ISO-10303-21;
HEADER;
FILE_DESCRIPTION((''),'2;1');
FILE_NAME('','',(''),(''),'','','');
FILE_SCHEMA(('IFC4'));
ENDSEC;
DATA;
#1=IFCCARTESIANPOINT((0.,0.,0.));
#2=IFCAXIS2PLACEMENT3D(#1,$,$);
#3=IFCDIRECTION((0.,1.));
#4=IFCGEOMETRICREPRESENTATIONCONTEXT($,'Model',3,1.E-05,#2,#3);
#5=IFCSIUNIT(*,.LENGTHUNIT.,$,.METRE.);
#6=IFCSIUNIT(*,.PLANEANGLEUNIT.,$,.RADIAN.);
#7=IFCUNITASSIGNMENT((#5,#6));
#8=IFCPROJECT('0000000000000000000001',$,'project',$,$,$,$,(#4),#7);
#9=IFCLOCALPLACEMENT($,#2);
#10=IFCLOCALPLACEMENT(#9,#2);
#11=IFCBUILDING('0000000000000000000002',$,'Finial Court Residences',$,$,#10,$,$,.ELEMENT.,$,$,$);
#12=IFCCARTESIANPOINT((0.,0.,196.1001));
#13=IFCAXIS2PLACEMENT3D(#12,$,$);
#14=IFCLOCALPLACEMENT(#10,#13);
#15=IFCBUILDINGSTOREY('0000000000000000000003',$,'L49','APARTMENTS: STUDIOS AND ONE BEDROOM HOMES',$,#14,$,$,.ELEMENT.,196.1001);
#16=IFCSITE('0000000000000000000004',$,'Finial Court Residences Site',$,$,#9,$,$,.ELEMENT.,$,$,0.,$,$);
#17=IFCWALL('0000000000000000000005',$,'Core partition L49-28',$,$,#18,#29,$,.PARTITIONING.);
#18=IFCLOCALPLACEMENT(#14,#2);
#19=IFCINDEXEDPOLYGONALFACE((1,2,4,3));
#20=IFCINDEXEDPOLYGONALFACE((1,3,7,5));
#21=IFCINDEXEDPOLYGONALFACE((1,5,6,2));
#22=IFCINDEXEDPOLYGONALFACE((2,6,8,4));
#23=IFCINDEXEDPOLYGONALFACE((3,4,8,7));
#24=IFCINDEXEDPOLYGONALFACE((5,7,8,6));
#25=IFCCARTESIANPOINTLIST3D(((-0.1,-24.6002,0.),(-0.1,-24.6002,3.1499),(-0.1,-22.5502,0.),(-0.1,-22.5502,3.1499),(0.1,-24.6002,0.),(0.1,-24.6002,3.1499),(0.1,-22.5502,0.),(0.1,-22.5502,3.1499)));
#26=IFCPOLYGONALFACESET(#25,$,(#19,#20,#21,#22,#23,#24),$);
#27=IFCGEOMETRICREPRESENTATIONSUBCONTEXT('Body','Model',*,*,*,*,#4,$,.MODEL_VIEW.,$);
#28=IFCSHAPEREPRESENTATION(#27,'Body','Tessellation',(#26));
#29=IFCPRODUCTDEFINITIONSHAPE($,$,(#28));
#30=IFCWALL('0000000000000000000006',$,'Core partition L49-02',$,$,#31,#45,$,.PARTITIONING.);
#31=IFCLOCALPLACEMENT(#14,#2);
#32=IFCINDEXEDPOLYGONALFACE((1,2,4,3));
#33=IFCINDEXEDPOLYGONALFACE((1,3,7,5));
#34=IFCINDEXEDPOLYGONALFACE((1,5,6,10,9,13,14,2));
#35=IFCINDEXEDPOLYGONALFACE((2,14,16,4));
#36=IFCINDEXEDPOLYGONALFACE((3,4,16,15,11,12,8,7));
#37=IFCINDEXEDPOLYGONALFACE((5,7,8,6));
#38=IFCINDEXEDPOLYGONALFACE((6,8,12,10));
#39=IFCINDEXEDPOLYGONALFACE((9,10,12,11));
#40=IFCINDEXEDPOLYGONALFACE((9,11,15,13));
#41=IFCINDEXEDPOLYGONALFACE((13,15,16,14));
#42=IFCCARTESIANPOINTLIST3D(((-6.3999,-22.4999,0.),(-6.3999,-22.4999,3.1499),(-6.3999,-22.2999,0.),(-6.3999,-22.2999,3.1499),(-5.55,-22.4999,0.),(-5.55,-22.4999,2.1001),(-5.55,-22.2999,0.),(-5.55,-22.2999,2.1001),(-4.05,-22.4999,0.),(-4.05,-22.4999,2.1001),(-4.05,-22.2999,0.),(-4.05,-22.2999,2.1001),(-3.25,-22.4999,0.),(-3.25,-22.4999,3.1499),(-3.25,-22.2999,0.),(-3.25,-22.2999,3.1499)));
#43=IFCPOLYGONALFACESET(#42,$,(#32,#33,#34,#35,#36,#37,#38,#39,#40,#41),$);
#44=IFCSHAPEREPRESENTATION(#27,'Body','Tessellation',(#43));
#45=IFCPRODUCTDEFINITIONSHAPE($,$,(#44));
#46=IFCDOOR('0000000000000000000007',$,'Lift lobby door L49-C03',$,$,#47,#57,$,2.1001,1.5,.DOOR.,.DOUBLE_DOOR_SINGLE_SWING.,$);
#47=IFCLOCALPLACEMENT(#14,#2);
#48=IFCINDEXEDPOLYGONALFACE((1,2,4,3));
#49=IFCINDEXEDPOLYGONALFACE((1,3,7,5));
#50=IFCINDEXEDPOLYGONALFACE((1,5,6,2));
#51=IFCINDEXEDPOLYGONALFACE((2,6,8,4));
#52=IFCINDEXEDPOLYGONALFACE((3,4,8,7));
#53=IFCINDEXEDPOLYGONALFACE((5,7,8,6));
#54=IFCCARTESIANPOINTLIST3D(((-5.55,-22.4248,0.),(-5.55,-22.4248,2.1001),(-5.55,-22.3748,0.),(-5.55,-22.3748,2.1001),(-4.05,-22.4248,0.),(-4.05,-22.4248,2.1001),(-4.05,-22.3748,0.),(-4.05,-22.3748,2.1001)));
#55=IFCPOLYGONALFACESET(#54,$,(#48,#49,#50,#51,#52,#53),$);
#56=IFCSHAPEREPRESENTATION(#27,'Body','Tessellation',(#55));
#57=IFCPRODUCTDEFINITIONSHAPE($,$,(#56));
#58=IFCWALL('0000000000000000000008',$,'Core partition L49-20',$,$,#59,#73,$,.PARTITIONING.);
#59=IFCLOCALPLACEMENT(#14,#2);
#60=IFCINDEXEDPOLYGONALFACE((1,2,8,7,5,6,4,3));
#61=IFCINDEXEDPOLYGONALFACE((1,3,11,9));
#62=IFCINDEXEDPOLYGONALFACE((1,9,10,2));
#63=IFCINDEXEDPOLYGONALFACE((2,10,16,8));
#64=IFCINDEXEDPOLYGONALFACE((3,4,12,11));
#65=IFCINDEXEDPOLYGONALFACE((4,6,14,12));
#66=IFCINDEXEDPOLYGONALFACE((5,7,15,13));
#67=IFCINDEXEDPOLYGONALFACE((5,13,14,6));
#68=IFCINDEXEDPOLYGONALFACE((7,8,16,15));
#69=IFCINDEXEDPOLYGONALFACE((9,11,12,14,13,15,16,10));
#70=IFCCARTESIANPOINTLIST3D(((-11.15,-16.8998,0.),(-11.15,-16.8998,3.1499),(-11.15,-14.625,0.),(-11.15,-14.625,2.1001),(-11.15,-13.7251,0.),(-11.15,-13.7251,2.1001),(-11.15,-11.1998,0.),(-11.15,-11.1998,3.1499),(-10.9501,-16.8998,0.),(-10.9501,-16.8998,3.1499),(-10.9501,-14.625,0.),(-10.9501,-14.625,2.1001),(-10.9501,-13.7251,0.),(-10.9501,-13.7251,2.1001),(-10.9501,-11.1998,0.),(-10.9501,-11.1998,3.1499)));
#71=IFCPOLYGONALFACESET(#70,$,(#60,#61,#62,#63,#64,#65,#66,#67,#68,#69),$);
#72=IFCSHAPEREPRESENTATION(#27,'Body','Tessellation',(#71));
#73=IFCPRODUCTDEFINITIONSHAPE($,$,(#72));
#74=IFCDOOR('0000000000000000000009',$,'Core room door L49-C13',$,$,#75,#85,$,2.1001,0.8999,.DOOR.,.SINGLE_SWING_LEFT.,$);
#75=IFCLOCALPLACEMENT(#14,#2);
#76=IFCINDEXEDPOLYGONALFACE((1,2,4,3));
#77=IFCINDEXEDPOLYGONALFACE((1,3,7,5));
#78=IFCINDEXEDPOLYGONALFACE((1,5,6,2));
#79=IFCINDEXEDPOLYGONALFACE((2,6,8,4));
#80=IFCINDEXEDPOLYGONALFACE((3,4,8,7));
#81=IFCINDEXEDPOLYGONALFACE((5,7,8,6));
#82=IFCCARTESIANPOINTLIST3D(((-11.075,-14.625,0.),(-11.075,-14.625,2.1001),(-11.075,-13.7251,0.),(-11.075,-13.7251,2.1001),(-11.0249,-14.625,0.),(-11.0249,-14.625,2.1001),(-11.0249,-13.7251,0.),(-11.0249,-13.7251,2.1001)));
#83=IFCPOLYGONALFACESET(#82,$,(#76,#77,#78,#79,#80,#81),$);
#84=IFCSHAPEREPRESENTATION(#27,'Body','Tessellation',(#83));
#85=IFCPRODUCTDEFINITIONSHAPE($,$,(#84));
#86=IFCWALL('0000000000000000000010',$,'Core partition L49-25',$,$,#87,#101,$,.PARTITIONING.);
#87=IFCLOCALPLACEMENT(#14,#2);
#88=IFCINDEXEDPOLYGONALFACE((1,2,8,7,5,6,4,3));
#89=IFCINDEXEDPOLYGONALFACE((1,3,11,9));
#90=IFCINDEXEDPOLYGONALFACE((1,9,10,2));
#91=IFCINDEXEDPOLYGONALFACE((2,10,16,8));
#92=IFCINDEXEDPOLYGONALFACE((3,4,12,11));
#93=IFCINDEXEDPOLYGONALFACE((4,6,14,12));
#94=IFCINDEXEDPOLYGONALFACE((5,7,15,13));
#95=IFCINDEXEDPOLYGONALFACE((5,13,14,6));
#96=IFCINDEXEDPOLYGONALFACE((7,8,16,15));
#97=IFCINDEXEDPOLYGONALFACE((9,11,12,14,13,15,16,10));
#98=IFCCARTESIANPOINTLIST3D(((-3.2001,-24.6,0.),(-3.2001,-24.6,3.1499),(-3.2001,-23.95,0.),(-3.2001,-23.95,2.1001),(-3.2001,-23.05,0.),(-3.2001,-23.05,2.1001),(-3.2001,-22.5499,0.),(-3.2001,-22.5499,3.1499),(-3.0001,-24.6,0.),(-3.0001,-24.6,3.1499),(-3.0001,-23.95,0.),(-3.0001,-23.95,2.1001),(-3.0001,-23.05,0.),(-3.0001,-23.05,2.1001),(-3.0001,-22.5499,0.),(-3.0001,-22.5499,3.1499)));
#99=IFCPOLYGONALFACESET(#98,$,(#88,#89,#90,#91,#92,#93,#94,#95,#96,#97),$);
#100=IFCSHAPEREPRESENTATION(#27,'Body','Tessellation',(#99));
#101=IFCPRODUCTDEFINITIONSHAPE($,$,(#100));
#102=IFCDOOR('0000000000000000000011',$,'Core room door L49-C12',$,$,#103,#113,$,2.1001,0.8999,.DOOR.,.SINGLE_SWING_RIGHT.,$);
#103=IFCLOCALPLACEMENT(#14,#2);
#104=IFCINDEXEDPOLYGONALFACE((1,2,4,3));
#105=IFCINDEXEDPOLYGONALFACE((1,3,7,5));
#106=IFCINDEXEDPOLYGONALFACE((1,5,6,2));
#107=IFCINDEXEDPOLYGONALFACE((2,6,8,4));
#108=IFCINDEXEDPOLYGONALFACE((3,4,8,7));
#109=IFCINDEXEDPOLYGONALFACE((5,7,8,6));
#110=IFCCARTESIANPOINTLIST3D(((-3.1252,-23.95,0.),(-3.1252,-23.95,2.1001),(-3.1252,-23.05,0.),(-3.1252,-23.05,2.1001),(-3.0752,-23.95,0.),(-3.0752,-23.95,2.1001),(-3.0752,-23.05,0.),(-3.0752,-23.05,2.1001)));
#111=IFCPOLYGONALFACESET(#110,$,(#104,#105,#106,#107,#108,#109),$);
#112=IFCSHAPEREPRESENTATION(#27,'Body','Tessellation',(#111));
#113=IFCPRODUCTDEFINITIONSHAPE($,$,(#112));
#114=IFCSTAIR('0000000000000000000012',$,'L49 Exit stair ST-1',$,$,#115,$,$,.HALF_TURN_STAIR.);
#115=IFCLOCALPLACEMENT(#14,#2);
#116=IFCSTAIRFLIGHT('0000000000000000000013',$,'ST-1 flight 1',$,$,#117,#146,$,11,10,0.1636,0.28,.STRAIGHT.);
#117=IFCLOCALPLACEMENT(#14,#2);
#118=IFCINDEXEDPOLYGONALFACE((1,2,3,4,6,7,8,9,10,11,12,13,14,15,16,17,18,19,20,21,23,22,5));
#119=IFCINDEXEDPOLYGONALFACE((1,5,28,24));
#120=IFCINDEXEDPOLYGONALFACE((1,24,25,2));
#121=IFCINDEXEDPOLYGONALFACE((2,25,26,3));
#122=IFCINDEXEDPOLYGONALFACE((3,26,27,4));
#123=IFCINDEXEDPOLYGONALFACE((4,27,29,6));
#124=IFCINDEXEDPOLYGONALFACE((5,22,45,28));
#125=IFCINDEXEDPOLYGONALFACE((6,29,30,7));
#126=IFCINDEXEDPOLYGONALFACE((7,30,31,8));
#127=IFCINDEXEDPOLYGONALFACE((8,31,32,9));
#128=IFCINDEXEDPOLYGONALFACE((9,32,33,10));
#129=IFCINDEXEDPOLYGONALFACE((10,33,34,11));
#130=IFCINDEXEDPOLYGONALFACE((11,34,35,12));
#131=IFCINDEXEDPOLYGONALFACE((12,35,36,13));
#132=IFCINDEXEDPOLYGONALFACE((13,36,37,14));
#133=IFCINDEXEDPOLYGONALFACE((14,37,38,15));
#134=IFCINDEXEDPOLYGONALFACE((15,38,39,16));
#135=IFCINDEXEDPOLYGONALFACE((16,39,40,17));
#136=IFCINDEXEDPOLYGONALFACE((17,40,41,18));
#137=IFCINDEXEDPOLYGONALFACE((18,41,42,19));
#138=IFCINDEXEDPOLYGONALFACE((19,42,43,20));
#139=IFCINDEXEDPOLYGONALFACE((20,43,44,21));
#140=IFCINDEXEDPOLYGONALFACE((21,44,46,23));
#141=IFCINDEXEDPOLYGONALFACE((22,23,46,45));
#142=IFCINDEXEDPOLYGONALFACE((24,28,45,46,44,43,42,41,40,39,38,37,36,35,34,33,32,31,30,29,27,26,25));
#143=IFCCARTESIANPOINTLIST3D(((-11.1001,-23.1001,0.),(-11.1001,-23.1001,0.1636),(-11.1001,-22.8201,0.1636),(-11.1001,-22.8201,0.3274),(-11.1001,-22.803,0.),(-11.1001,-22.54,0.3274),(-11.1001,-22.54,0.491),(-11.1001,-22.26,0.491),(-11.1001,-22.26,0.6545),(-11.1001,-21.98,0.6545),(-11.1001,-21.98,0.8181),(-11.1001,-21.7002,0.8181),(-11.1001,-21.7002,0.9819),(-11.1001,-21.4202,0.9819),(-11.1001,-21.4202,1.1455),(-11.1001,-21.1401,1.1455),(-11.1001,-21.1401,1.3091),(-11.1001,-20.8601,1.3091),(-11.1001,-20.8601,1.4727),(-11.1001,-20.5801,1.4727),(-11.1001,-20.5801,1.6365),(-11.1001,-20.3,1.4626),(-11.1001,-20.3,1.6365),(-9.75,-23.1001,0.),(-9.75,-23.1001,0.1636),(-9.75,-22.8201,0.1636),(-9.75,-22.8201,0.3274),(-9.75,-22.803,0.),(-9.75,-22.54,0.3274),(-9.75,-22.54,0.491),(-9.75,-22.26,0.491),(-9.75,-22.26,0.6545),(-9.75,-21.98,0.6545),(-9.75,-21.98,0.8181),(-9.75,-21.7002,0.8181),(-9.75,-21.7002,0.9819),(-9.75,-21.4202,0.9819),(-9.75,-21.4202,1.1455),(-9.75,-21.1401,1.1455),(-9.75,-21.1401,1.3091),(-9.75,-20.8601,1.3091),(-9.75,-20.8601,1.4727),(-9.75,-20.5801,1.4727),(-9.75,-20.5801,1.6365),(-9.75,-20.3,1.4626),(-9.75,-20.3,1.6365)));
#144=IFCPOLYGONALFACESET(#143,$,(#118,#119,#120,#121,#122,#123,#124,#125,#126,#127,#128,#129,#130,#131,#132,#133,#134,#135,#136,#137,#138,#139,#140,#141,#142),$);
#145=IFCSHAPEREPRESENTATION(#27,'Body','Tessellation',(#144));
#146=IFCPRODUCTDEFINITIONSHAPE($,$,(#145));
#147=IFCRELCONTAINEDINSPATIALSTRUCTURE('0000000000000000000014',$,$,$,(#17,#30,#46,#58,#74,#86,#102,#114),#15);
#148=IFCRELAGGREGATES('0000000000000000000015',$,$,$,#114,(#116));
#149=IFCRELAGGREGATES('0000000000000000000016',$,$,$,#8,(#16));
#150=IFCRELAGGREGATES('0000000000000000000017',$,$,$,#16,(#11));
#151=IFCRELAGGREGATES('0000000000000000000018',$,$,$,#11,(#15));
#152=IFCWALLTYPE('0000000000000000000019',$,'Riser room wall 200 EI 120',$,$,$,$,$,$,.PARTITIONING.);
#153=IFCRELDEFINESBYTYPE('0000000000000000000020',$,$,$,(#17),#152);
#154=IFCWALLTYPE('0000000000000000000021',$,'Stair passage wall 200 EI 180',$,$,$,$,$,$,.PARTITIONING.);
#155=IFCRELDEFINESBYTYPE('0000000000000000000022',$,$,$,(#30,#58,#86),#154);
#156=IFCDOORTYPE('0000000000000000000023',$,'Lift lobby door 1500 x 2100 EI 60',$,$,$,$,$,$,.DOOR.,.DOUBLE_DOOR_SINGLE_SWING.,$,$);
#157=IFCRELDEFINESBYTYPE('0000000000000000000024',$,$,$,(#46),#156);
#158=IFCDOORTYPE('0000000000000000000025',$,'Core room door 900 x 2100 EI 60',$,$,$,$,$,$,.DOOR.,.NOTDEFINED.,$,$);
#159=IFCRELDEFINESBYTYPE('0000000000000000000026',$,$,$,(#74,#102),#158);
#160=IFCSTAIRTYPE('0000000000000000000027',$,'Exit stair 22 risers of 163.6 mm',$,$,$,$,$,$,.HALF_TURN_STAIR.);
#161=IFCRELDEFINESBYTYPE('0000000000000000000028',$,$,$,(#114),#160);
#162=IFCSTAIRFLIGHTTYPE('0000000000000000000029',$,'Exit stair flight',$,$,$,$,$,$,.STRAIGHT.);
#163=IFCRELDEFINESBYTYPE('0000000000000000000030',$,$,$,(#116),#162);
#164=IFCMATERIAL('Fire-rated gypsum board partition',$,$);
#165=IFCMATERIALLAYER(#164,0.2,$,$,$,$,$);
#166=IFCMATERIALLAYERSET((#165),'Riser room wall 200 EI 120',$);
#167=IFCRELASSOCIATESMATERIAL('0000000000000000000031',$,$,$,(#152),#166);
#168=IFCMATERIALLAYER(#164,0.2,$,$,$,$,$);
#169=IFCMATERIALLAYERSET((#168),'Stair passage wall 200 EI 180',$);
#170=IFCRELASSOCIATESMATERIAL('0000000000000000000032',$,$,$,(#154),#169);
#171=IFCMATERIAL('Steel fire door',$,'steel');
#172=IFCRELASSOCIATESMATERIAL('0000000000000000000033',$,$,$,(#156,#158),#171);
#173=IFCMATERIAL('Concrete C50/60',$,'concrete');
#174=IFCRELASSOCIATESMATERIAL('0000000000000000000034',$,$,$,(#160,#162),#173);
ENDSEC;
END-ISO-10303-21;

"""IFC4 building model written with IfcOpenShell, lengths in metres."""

from ifc_helpers import new_model, si_unit, direction, frame, frame_2d, origin, place, context, subcontext, project, spatial, polyline, rectangle, outline, extrude, material, layer, layer_set, type_object, element, fill, aggregate, save


model = new_model("IFC4")

# Units and contexts
model_context = context("Model", 3, precision=1e-05, world=origin(), true_north=direction((0.0, 1.0)))
body_context = subcontext(model_context, "Body", "Model", "MODEL_VIEW")
ifc_project = project(units=[si_unit("LENGTHUNIT", "METRE"), si_unit("PLANEANGLEUNIT", "RADIAN")], contexts=[model_context])

# Site, building, storey
site_placement = place(None, origin())
site = spatial("IfcSite", under=ifc_project, at=site_placement, Name="Finial Court Residences Site", CompositionType="ELEMENT", RefElevation=0.0)
building_placement = place(site_placement, origin())
building = spatial("IfcBuilding", under=site, at=building_placement, Name="Finial Court Residences", CompositionType="ELEMENT")
storey_placement = place(building_placement, frame((0.0, 0.0, 196.1001)))
storey = spatial("IfcBuildingStorey", under=building, at=storey_placement, Name="L49", Description="APARTMENTS: STUDIOS AND ONE BEDROOM HOMES", CompositionType="ELEMENT", Elevation=196.1001)

# Shared definitions
ifc_material_1 = material(Name="Steel fire door", Category="steel")

# Shared definitions
ifc_material_2 = material(Name="Fire-rated gypsum board partition")
ifc_layer_1 = layer(ifc_material_2, 0.2)
ifc_layer_set_1 = layer_set([ifc_layer_1], Name="Riser room wall 200 EI 120")
wall_type_1 = type_object("IfcWallType", Name="Riser room wall 200 EI 120", PredefinedType="PARTITIONING", material=ifc_layer_set_1)

# Wall
wall_1_placement = place(storey_placement, frame((0.0, -24.6001, 0.0), z_axis=(0.0, 0.0, 1.0), x_axis=(0.0, 1.0, 0.0)))
element("IfcWall", 1, at=wall_1_placement, inside=storey, type_object=wall_type_1, Name="Core partition L49-28", PredefinedType="PARTITIONING", context=body_context, shape_type="SweptSolid", body=[
    extrude(rectangle(XDim=2.05, YDim=0.2, at=frame_2d((1.0249, 0.0))), origin(), (0.0, 0.0, 1.0), 3.1499),
])

# Walls, openings, doors
ifc_layer_2 = layer(ifc_material_2, 0.2)
ifc_layer_set_2 = layer_set([ifc_layer_2], Name="Stair passage wall 200 EI 180")
wall_type_2 = type_object("IfcWallType", Name="Stair passage wall 200 EI 180", PredefinedType="PARTITIONING", material=ifc_layer_set_2)
wall_2_placement = place(storey_placement, frame((-3.25, -22.3999, 0.0), z_axis=(0.0, 0.0, 1.0), x_axis=(-1.0, 0.0, 0.0)))
wall_2 = element("IfcWall", 2, at=wall_2_placement, inside=storey, type_object=wall_type_2, Name="Core partition L49-02", PredefinedType="PARTITIONING", context=body_context, shape_type="SweptSolid", body=[
    extrude(rectangle(XDim=3.1499, YDim=0.2, at=frame_2d((1.575, 0.0))), origin(), (0.0, 0.0, 1.0), 3.1499),
])
opening_1_placement = place(wall_2_placement, frame((0.8, 0.0, 0.0)))
opening_1 = element("IfcOpeningElement", 3, at=opening_1_placement, cuts=wall_2, PredefinedType="OPENING", context=body_context, shape_type="SweptSolid", body=[
    extrude(rectangle(XDim=1.5, YDim=2.1001, at=frame_2d((0.75, 1.05))), frame((0.0, 0.1099, 0.0), z_axis=(0.0, -1.0, 0.0), x_axis=(1.0, 0.0, 0.0)), (0.0, 0.0, 1.0), 0.22),
])
door_type_1 = type_object("IfcDoorType", Name="Lift lobby door 1500 x 2100 EI 60", OperationType="DOUBLE_DOOR_SINGLE_SWING", PredefinedType="DOOR", material=ifc_material_1)
door_1_placement = place(opening_1_placement, origin())
door_1 = element("IfcDoor", 4, at=door_1_placement, inside=storey, type_object=door_type_1, Name="Lift lobby door L49-C03", OperationType="DOUBLE_DOOR_SINGLE_SWING", OverallHeight=2.1001, OverallWidth=1.5, PredefinedType="DOOR", context=body_context, shape_type="SweptSolid", body=[
    extrude(rectangle(XDim=1.5, YDim=2.1001, at=frame_2d((0.75, 1.05))), frame((0.0, 0.0249, 0.0), z_axis=(0.0, -1.0, 0.0), x_axis=(1.0, 0.0, 0.0)), (0.0, 0.0, 1.0), 0.05),
])
fill(opening_1, door_1)
wall_3_placement = place(storey_placement, frame((-11.05, -16.8999, 0.0), z_axis=(0.0, 0.0, 1.0), x_axis=(0.0, 1.0, 0.0)))
wall_3 = element("IfcWall", 5, at=wall_3_placement, inside=storey, type_object=wall_type_2, Name="Core partition L49-20", PredefinedType="PARTITIONING", context=body_context, shape_type="SweptSolid", body=[
    extrude(rectangle(XDim=5.7, YDim=0.2, at=frame_2d((2.8501, 0.0))), origin(), (0.0, 0.0, 1.0), 3.1499),
])
opening_2_placement = place(wall_3_placement, frame((2.2749, 0.0, 0.0)))
opening_2 = element("IfcOpeningElement", 6, at=opening_2_placement, cuts=wall_3, PredefinedType="OPENING", context=body_context, shape_type="SweptSolid", body=[
    extrude(rectangle(XDim=0.8999, YDim=2.1001, at=frame_2d((0.45, 1.05))), frame((0.0, 0.1099, 0.0), z_axis=(0.0, -1.0, 0.0), x_axis=(1.0, 0.0, 0.0)), (0.0, 0.0, 1.0), 0.22),
])
door_type_2 = type_object("IfcDoorType", Name="Core room door 900 x 2100 EI 60", OperationType="NOTDEFINED", PredefinedType="DOOR", material=ifc_material_1)
door_2_placement = place(opening_2_placement, origin())
door_2 = element("IfcDoor", 7, at=door_2_placement, inside=storey, type_object=door_type_2, Name="Core room door L49-C13", OperationType="SINGLE_SWING_LEFT", OverallHeight=2.1001, OverallWidth=0.8999, PredefinedType="DOOR", context=body_context, shape_type="SweptSolid", body=[
    extrude(rectangle(XDim=0.8999, YDim=2.1001, at=frame_2d((0.45, 1.05))), frame((0.0, 0.0249, 0.0), z_axis=(0.0, -1.0, 0.0), x_axis=(1.0, 0.0, 0.0)), (0.0, 0.0, 1.0), 0.05),
])
fill(opening_2, door_2)
wall_4_placement = place(storey_placement, frame((-3.1001, -22.55, 0.0), z_axis=(0.0, 0.0, 1.0), x_axis=(0.0, -1.0, 0.0)))
wall_4 = element("IfcWall", 8, at=wall_4_placement, inside=storey, type_object=wall_type_2, Name="Core partition L49-25", PredefinedType="PARTITIONING", context=body_context, shape_type="SweptSolid", body=[
    extrude(rectangle(XDim=2.05, YDim=0.2, at=frame_2d((1.0249, 0.0))), origin(), (0.0, 0.0, 1.0), 3.1499),
])
opening_3_placement = place(wall_4_placement, frame((0.5, 0.0, 0.0)))
opening_3 = element("IfcOpeningElement", 9, at=opening_3_placement, cuts=wall_4, PredefinedType="OPENING", context=body_context, shape_type="SweptSolid", body=[
    extrude(rectangle(XDim=0.8999, YDim=2.1001, at=frame_2d((0.45, 1.05))), frame((0.0, 0.1099, 0.0), z_axis=(0.0, -1.0, 0.0), x_axis=(1.0, 0.0, 0.0)), (0.0, 0.0, 1.0), 0.22),
])
door_3_placement = place(opening_3_placement, origin())
door_3 = element("IfcDoor", 10, at=door_3_placement, inside=storey, type_object=door_type_2, Name="Core room door L49-C12", OperationType="SINGLE_SWING_RIGHT", OverallHeight=2.1001, OverallWidth=0.8999, PredefinedType="DOOR", context=body_context, shape_type="SweptSolid", body=[
    extrude(rectangle(XDim=0.8999, YDim=2.1001, at=frame_2d((0.45, 1.05))), frame((0.0, 0.0249, 0.0), z_axis=(0.0, -1.0, 0.0), x_axis=(1.0, 0.0, 0.0)), (0.0, 0.0, 1.0), 0.05),
])
fill(opening_3, door_3)

# Stair, stair flight
ifc_material_3 = material(Name="Concrete C50/60", Category="concrete")
stair_type = type_object("IfcStairType", Name="Exit stair 22 risers of 163.6 mm", PredefinedType="HALF_TURN_STAIR", material=ifc_material_3)
stair_placement = place(storey_placement, origin())
stair = element("IfcStair", 11, at=stair_placement, inside=storey, type_object=stair_type, Name="L49 Exit stair ST-1", PredefinedType="HALF_TURN_STAIR")
stair_flight_type = type_object("IfcStairFlightType", Name="Exit stair flight", PredefinedType="STRAIGHT", material=ifc_material_3)
stair_flight_1_placement = place(storey_placement, frame((-10.425, -23.1001, 0.0), z_axis=(0.0, 0.0, 1.0), x_axis=(0.0, 1.0, 0.0)))
stair_flight_1 = element("IfcStairFlight", 12, at=stair_flight_1_placement, type_object=stair_flight_type, Name="ST-1 flight 1", NumberOfRisers=11, NumberOfTreads=10, PredefinedType="STRAIGHT", RiserHeight=0.1636, TreadLength=0.28, context=body_context, shape_type="SweptSolid", body=[
    extrude(outline(polyline([(0.0, 0.0), (0.0, 0.1636), (0.28, 0.1636), (0.28, 0.3274), (0.5601, 0.3274), (0.5601, 0.491), (0.8401, 0.491), (0.8401, 0.6545), (1.1201, 0.6545), (1.1201, 0.8181), (1.3999, 0.8181), (1.3999, 0.9819), (1.6799, 0.9819), (1.6799, 1.1455), (1.96, 1.1455), (1.96, 1.3091), (2.24, 1.3091), (2.24, 1.4727), (2.52, 1.4727), (2.52, 1.6365), (2.8, 1.6365), (2.8, 1.8), (2.8, 1.4626), (0.2971, 0.0), (0.0, 0.0)])), frame((0.0, 0.675, 0.0), z_axis=(0.0, -1.0, 0.0), x_axis=(1.0, 0.0, 0.0)), (0.0, 0.0, 1.0), 1.3501),
])
aggregate(stair, [stair_flight_1])

save(model, "model.ifc")
